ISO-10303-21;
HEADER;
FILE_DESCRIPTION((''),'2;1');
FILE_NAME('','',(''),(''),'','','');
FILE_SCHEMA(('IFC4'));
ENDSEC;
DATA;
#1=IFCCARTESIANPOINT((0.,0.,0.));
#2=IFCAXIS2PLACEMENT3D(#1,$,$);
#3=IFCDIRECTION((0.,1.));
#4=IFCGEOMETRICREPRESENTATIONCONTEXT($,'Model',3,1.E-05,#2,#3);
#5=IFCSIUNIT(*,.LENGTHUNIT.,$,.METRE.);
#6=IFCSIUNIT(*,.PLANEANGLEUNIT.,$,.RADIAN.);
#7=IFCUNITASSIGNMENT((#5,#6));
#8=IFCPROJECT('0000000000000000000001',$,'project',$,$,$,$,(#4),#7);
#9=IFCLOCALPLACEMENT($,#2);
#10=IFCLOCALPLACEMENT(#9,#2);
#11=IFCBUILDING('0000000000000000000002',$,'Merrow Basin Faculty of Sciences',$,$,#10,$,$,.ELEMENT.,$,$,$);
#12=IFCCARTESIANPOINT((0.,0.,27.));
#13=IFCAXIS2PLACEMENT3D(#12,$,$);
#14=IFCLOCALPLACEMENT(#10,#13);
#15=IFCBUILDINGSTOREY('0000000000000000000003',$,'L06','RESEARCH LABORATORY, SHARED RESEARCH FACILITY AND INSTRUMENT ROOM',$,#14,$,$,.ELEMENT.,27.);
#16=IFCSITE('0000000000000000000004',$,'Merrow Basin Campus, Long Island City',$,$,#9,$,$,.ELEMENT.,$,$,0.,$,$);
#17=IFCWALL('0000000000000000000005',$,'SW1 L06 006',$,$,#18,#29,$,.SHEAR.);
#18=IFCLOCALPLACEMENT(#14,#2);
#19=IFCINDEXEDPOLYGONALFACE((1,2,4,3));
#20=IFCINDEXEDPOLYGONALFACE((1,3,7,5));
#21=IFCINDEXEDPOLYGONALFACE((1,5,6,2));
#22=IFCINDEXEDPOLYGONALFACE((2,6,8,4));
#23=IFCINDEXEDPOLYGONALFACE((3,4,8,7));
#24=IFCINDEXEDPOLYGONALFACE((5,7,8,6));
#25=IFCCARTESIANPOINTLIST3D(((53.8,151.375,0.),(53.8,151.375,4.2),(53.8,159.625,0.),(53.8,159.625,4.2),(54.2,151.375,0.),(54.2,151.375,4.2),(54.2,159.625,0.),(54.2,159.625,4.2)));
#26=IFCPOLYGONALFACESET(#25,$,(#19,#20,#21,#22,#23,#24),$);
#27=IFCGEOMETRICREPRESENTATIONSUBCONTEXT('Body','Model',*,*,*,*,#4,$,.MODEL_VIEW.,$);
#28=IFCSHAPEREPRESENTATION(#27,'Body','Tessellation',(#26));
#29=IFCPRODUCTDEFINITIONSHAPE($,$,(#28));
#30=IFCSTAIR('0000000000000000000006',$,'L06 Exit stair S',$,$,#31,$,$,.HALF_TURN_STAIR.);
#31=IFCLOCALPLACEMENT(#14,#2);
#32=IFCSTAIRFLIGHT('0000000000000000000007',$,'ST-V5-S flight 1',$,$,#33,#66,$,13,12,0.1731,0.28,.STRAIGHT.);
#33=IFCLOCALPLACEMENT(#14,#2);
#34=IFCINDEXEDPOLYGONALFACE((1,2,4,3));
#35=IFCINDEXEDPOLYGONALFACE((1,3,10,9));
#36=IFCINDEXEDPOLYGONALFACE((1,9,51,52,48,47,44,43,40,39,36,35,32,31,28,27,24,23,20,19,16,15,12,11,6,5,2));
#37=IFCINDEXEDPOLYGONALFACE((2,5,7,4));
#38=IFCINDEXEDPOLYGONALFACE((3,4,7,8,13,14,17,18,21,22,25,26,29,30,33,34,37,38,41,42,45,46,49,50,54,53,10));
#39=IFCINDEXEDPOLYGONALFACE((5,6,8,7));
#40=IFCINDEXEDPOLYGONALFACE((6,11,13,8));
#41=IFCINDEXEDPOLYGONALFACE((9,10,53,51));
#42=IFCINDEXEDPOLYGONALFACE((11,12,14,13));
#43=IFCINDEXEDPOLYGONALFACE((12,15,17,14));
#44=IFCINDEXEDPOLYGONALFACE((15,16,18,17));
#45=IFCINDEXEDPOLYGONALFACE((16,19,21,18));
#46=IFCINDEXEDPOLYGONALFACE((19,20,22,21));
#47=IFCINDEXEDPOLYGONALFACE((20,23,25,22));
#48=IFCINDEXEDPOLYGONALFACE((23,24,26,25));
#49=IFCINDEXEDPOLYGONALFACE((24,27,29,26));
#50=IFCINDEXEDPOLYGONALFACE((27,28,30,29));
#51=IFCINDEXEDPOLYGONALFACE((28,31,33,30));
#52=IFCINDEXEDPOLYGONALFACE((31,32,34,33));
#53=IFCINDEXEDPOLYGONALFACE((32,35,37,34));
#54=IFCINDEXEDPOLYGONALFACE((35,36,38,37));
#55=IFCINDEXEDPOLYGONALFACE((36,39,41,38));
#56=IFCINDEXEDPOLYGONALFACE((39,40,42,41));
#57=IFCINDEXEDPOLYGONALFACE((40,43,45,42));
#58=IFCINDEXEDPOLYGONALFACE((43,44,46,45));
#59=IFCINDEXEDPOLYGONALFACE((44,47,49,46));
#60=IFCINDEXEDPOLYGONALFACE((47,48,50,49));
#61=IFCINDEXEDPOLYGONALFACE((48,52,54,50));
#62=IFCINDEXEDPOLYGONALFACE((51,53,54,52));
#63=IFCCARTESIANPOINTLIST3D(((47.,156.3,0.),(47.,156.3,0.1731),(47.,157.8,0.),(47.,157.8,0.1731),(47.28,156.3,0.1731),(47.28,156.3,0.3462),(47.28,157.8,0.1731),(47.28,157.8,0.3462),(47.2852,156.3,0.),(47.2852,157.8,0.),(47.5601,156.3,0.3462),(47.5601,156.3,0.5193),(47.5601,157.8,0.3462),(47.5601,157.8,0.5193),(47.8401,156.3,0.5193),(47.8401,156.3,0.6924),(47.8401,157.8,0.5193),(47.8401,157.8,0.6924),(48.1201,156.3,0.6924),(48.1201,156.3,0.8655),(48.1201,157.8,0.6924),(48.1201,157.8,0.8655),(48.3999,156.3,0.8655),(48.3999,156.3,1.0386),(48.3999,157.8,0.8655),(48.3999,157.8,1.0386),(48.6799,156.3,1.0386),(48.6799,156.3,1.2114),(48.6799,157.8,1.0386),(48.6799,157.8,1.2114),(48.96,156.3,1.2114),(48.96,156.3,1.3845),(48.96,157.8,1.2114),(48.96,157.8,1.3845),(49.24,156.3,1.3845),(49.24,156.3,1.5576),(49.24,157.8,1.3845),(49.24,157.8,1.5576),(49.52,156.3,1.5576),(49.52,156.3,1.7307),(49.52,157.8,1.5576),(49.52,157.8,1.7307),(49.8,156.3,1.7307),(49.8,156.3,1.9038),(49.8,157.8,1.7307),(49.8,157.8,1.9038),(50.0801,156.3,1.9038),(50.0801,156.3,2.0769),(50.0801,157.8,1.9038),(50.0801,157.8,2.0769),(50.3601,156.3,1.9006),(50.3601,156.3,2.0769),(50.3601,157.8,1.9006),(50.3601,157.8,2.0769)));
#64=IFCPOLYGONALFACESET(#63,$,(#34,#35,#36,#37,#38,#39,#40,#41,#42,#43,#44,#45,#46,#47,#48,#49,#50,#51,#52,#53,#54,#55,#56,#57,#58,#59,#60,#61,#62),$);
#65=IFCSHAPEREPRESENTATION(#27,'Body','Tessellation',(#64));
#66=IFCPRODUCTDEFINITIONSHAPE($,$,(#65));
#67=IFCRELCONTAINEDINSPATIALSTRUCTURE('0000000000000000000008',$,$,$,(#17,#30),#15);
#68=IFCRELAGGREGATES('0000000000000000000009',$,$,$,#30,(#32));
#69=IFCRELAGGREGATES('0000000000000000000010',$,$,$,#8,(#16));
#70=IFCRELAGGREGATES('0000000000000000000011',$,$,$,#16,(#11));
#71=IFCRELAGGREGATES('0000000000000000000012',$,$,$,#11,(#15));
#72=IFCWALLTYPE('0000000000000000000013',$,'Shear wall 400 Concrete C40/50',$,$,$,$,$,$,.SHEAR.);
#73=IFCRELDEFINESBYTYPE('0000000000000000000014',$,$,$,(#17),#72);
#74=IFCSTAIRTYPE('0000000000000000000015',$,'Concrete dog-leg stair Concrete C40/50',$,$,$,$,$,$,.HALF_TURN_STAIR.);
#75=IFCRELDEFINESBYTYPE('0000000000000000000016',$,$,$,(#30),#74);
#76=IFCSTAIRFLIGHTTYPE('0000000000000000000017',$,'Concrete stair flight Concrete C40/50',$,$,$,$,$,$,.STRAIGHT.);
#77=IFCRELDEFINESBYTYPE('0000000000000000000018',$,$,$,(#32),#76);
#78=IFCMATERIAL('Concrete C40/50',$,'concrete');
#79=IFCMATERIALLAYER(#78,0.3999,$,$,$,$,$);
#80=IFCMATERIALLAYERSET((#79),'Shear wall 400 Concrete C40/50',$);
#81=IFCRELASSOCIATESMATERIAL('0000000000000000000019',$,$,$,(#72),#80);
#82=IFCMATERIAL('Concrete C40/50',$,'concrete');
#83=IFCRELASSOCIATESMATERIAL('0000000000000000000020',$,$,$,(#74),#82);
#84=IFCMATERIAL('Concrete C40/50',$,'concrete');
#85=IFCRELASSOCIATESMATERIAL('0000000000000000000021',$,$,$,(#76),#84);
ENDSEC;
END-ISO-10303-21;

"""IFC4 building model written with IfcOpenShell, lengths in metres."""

from ifc_helpers import new_model, si_unit, direction, frame, frame_2d, origin, place, context, subcontext, project, spatial, polyline, rectangle, outline, extrude, material, layer, layer_set, type_object, element, aggregate, save


model = new_model("IFC4")

# Units and contexts
model_context = context("Model", 3, precision=1e-05, world=origin(), true_north=direction((0.0, 1.0)))
body_context = subcontext(model_context, "Body", "Model", "MODEL_VIEW")
ifc_project = project(units=[si_unit("LENGTHUNIT", "METRE"), si_unit("PLANEANGLEUNIT", "RADIAN")], contexts=[model_context])

# Site, building, storey
site_placement = place(None, origin())
site = spatial("IfcSite", under=ifc_project, at=site_placement, Name="Merrow Basin Campus, Long Island City", CompositionType="ELEMENT", RefElevation=0.0)
building_placement = place(site_placement, origin())
building = spatial("IfcBuilding", under=site, at=building_placement, Name="Merrow Basin Faculty of Sciences", CompositionType="ELEMENT")
storey_placement = place(building_placement, frame((0.0, 0.0, 27.0)))
storey = spatial("IfcBuildingStorey", under=building, at=storey_placement, Name="L06", Description="RESEARCH LABORATORY, SHARED RESEARCH FACILITY AND INSTRUMENT ROOM", CompositionType="ELEMENT", Elevation=27.0)

# Wall
ifc_material_1 = material(Name="Concrete C40/50", Category="concrete")
ifc_layer_1 = layer(ifc_material_1, 0.3999)
ifc_layer_set_1 = layer_set([ifc_layer_1], Name="Shear wall 400 Concrete C40/50")
wall_type_1 = type_object("IfcWallType", Name="Shear wall 400 Concrete C40/50", PredefinedType="SHEAR", material=ifc_layer_set_1)
wall_1_placement = place(storey_placement, frame((54.0, 151.375, 0.0), z_axis=(0.0, 0.0, 1.0), x_axis=(0.0, 1.0, 0.0)))
element("IfcWall", 1, at=wall_1_placement, inside=storey, type_object=wall_type_1, Name="SW1 L06 006", PredefinedType="SHEAR", context=body_context, shape_type="SweptSolid", body=[
    extrude(rectangle(XDim=8.25, YDim=0.3999, at=frame_2d((4.125, 0.0))), origin(), (0.0, 0.0, 1.0), 4.2),
])

# Stair, stair flight
ifc_material_2 = material(Name="Concrete C40/50", Category="concrete")
stair_type = type_object("IfcStairType", Name="Concrete dog-leg stair Concrete C40/50", PredefinedType="HALF_TURN_STAIR", material=ifc_material_2)
stair_placement = place(storey_placement, origin())
stair = element("IfcStair", 2, at=stair_placement, inside=storey, type_object=stair_type, Name="L06 Exit stair S", PredefinedType="HALF_TURN_STAIR")
ifc_material_3 = material(Name="Concrete C40/50", Category="concrete")
stair_flight_type = type_object("IfcStairFlightType", Name="Concrete stair flight Concrete C40/50", PredefinedType="STRAIGHT", material=ifc_material_3)
stair_flight_placement = place(storey_placement, frame((47.0, 157.05, 0.0), z_axis=(0.0, 0.0, 1.0), x_axis=(1.0, 0.0, 0.0)))
stair_flight = element("IfcStairFlight", 3, at=stair_flight_placement, type_object=stair_flight_type, Name="ST-V5-S flight 1", NumberOfRisers=13, NumberOfTreads=12, PredefinedType="STRAIGHT", RiserHeight=0.1731, TreadLength=0.28, context=body_context, shape_type="SweptSolid", body=[
    extrude(outline(polyline([(0.0, 0.0), (0.0, 0.1731), (0.28, 0.1731), (0.28, 0.3462), (0.5601, 0.3462), (0.5601, 0.5193), (0.8401, 0.5193), (0.8401, 0.6924), (1.1201, 0.6924), (1.1201, 0.8655), (1.3999, 0.8655), (1.3999, 1.0386), (1.6799, 1.0386), (1.6799, 1.2114), (1.96, 1.2114), (1.96, 1.3845), (2.24, 1.3845), (2.24, 1.5576), (2.52, 1.5576), (2.52, 1.7307), (2.8, 1.7307), (2.8, 1.9038), (3.0801, 1.9038), (3.0801, 2.0769), (3.3601, 2.0769), (3.3601, 2.25), (3.3601, 1.9006), (0.2852, 0.0), (0.0, 0.0)])), frame((0.0, 0.75, 0.0), z_axis=(0.0, -1.0, 0.0), x_axis=(1.0, 0.0, 0.0)), (0.0, 0.0, 1.0), 1.5),
])
aggregate(stair, [stair_flight])

save(model, "model.ifc")
